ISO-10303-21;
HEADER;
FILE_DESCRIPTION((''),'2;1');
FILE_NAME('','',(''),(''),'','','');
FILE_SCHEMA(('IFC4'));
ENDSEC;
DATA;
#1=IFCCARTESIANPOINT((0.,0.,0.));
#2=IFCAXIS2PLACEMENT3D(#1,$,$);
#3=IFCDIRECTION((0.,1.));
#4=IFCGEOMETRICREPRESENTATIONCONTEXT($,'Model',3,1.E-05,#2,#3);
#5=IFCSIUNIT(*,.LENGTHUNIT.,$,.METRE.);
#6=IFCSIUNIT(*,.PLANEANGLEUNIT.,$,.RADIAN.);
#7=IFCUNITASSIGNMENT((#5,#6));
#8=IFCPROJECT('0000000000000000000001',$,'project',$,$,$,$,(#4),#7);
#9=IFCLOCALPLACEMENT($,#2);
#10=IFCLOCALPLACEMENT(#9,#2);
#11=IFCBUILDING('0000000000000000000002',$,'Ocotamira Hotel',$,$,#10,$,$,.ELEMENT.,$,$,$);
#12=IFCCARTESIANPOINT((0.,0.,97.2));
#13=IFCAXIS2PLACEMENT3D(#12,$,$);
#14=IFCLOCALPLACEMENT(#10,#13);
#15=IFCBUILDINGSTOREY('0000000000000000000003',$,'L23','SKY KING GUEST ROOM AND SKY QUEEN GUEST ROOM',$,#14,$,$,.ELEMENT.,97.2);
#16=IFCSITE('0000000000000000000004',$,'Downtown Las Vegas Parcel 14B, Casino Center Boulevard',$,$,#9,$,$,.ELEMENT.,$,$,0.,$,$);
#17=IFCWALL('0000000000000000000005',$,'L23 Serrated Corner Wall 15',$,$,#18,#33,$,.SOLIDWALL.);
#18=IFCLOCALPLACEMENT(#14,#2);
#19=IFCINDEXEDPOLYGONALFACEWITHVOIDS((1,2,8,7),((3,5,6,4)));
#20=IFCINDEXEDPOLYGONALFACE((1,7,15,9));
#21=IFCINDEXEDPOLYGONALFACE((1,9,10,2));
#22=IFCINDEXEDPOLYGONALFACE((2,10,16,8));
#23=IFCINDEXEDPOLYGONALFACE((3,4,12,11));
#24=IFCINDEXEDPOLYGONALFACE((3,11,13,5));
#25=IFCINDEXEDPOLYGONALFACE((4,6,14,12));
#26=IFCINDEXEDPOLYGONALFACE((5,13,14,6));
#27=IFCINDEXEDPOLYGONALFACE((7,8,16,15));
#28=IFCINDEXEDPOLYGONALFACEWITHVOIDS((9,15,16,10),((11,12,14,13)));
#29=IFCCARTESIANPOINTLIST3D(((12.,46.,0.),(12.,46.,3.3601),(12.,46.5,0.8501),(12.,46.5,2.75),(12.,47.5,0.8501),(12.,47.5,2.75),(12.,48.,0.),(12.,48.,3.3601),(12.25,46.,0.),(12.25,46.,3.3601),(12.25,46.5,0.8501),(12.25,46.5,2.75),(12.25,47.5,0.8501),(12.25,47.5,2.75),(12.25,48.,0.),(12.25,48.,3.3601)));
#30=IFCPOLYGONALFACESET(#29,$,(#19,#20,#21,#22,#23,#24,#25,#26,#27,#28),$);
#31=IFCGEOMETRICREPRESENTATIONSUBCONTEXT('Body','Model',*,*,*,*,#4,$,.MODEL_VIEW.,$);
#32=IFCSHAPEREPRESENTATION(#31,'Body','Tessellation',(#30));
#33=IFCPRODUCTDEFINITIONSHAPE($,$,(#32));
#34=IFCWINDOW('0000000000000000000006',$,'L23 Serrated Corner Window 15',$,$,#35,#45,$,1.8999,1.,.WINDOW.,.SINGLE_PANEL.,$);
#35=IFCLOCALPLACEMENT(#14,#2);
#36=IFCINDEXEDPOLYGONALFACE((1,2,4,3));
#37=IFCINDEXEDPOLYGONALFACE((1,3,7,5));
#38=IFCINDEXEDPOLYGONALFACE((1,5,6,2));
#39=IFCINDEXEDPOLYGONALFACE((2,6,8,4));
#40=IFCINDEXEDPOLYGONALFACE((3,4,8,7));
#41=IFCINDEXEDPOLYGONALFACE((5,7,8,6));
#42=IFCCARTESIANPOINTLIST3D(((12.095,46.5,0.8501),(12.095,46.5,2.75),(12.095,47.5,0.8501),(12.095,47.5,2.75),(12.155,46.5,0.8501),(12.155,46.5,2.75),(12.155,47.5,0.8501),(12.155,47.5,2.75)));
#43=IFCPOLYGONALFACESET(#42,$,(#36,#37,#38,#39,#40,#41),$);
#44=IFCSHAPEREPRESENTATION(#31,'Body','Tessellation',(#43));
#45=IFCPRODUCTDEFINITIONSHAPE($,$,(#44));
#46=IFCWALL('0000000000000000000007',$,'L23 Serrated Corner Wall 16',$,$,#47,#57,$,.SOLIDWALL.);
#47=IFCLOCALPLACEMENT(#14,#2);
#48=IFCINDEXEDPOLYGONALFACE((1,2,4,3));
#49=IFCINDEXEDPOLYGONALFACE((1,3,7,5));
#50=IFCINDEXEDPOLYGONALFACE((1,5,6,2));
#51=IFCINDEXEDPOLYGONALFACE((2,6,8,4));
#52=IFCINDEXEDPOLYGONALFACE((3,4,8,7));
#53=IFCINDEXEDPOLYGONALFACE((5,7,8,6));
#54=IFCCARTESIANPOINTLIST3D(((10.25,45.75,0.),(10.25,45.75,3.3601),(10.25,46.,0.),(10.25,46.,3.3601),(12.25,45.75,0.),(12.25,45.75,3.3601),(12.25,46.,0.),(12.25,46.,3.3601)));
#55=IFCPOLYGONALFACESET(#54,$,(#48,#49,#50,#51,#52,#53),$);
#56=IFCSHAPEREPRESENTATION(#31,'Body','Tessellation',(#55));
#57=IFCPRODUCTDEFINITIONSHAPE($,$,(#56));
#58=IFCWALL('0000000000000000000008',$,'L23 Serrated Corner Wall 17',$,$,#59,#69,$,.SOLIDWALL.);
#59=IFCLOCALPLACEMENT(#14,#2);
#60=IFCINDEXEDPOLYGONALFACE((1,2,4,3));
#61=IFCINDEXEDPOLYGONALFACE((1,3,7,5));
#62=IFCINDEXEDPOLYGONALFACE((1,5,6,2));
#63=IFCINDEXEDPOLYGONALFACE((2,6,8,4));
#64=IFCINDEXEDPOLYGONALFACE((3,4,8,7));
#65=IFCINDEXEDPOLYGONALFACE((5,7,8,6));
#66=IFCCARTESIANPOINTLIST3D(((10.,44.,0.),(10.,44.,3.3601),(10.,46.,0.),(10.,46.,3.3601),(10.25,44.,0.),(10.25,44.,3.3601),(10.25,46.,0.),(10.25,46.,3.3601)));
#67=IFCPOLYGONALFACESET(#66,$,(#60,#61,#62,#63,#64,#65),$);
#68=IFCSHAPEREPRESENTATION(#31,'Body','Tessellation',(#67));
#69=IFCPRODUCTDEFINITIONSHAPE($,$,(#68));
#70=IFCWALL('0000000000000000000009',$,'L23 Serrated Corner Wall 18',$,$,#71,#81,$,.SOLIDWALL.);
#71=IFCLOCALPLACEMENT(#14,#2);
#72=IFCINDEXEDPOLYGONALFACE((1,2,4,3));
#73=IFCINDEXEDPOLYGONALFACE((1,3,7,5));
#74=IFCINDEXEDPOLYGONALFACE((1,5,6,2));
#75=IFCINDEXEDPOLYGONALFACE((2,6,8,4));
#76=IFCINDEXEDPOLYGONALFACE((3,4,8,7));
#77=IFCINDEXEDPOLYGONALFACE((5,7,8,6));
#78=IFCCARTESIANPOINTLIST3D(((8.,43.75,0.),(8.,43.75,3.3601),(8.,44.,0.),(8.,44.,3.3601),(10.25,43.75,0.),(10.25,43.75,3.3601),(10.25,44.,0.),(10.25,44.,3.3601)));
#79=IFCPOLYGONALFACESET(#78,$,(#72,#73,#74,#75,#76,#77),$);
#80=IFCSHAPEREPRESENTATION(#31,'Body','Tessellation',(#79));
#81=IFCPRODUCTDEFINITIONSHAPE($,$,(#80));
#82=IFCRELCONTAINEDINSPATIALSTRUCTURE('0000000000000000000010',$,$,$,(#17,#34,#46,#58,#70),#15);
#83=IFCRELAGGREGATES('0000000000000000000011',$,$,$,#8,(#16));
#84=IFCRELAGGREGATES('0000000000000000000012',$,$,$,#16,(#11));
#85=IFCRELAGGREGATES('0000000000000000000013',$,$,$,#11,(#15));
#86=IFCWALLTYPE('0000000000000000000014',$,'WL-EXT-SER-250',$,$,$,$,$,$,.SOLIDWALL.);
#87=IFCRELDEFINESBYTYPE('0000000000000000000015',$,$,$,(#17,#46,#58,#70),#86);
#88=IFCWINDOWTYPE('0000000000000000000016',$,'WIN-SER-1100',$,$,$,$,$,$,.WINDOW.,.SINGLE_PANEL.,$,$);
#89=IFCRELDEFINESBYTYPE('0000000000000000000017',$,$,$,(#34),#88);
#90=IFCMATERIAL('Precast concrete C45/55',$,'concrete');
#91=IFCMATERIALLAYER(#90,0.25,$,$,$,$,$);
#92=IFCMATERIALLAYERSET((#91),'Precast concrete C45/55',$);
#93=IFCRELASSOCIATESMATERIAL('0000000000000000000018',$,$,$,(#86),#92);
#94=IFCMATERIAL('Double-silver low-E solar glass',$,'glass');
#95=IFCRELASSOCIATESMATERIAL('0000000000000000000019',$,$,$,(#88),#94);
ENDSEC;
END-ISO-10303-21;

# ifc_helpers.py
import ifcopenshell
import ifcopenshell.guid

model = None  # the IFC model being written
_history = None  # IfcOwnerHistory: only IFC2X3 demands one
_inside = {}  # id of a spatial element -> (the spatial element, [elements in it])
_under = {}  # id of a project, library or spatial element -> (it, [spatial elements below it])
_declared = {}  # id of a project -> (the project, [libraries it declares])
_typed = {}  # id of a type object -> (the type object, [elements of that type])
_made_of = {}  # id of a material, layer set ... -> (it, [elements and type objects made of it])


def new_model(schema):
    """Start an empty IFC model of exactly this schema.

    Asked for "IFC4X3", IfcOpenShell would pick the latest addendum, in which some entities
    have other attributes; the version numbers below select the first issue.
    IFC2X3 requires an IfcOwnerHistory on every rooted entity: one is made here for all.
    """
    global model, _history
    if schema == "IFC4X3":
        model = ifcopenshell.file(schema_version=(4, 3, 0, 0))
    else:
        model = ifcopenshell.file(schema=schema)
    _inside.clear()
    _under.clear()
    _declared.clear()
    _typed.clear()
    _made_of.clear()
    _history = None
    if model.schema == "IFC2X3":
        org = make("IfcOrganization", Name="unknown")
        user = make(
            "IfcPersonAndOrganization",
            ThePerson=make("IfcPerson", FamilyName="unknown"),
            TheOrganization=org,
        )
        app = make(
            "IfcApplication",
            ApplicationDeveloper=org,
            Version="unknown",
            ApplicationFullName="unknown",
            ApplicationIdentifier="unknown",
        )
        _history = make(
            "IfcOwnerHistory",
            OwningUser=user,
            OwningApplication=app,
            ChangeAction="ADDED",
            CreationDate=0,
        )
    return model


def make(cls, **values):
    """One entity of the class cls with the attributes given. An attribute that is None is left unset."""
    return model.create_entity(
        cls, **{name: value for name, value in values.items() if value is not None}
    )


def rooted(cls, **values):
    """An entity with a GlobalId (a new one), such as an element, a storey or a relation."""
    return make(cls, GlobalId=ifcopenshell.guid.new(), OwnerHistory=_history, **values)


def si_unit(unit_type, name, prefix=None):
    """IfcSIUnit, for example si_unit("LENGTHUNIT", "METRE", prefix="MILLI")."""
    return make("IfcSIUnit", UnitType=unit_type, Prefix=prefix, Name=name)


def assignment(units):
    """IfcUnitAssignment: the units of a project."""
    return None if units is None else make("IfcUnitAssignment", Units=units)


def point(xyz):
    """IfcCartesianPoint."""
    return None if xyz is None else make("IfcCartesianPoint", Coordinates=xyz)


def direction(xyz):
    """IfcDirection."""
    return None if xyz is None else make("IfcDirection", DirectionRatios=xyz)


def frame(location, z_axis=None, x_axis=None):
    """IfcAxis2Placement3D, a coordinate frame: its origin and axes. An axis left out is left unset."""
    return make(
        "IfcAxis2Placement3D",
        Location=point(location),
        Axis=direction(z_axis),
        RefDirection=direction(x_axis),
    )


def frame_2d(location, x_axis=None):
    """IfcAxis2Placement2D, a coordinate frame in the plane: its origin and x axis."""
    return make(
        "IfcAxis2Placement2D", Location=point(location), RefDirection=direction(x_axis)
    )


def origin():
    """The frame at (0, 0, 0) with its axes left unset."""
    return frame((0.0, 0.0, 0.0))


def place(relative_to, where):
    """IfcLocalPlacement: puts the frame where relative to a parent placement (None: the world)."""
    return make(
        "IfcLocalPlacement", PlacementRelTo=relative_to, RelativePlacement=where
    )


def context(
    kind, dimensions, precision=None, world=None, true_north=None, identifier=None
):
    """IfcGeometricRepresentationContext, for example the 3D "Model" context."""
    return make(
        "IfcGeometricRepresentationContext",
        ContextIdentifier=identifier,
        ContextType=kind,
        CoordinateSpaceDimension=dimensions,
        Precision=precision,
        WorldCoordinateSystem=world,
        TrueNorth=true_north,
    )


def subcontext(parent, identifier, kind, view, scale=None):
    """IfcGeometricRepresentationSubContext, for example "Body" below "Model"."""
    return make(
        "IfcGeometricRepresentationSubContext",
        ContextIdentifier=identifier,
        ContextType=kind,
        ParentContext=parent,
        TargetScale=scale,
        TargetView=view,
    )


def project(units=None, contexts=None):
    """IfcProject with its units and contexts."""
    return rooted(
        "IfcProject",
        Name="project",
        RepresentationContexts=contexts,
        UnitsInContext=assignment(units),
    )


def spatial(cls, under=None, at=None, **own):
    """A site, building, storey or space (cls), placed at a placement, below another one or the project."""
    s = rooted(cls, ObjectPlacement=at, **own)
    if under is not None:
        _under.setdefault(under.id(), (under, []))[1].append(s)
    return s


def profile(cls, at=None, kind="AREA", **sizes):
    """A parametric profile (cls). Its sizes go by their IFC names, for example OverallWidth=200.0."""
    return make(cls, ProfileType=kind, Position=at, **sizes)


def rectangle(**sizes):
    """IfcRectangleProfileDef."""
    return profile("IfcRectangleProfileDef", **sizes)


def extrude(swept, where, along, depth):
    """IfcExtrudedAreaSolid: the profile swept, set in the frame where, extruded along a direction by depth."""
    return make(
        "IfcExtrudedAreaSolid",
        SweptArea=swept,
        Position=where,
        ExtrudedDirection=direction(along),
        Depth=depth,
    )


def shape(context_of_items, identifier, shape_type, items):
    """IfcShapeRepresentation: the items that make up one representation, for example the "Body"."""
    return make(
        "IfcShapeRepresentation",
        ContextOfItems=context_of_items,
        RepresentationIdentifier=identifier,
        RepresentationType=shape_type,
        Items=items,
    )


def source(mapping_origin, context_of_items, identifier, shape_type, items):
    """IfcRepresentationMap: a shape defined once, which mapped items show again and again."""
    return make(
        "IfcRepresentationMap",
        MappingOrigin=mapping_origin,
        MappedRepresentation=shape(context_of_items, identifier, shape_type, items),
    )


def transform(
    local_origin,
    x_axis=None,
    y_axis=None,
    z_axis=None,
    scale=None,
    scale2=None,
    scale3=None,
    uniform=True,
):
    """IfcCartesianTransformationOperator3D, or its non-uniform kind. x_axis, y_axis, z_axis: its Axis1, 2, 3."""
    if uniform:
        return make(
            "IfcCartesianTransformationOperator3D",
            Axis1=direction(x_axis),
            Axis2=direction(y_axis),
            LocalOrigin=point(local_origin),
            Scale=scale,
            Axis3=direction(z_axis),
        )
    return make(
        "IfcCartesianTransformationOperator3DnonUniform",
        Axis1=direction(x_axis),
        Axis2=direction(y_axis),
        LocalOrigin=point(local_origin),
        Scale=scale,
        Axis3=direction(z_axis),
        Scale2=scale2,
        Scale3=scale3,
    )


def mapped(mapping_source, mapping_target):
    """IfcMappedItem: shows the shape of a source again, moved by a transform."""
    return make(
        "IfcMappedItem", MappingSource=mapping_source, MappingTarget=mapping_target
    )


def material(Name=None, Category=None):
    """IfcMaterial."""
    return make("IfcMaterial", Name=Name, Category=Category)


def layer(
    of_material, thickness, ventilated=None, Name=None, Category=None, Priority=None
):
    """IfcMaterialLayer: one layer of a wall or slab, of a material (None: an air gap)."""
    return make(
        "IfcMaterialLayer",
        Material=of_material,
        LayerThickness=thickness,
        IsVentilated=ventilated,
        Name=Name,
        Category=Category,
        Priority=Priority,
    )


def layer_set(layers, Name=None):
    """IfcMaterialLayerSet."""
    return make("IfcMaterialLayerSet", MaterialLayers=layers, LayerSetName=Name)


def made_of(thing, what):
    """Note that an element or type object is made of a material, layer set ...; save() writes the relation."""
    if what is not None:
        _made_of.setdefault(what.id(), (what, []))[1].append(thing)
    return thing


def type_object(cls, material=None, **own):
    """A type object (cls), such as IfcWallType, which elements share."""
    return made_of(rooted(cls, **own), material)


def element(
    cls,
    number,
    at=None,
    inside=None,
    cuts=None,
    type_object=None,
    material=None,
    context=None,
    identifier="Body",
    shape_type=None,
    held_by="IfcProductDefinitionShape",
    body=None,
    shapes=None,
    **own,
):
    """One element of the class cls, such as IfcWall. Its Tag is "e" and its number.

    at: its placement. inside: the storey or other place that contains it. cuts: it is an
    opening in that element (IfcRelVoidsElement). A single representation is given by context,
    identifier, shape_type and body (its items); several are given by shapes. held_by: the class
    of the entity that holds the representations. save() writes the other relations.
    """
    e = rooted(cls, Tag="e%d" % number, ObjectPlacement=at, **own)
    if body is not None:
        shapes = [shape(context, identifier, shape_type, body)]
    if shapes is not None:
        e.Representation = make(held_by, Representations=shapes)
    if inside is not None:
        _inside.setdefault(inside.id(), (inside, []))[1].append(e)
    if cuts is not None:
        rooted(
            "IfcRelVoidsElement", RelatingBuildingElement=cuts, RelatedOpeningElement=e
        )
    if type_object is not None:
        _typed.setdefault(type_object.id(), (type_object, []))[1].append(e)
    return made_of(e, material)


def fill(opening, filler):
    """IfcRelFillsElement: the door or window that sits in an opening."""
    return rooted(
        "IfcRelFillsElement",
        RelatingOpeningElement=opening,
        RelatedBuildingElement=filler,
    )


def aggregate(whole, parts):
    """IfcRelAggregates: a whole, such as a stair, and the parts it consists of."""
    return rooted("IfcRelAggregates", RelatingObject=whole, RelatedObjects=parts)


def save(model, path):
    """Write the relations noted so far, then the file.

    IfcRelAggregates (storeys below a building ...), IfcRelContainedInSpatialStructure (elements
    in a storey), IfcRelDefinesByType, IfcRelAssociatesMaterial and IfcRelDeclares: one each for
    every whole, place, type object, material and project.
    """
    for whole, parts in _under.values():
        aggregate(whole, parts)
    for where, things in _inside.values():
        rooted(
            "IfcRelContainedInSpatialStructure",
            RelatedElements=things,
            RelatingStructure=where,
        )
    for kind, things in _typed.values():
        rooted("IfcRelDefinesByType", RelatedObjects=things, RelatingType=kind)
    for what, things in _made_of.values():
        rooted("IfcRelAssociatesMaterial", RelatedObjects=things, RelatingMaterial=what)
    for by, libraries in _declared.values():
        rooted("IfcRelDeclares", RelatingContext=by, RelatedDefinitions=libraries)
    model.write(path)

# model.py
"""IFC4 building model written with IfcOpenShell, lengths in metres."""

from ifc_helpers import new_model, si_unit, direction, frame, frame_2d, origin, place, context, subcontext, project, spatial, rectangle, extrude, source, transform, mapped, material, layer, layer_set, type_object, element, fill, save


model = new_model("IFC4")

# Units and contexts
model_context = context("Model", 3, precision=1e-05, world=origin(), true_north=direction((0.0, 1.0)))
body_context = subcontext(model_context, "Body", "Model", "MODEL_VIEW")
ifc_project = project(units=[si_unit("LENGTHUNIT", "METRE"), si_unit("PLANEANGLEUNIT", "RADIAN")], contexts=[model_context])

# Site, building, storey
site_placement = place(None, origin())
site = spatial("IfcSite", under=ifc_project, at=site_placement, Name="Downtown Las Vegas Parcel 14B, Casino Center Boulevard", CompositionType="ELEMENT", RefElevation=0.0)
building_placement = place(site_placement, origin())
building = spatial("IfcBuilding", under=site, at=building_placement, Name="Ocotamira Hotel", CompositionType="ELEMENT")
storey_placement = place(building_placement, frame((0.0, 0.0, 97.2)))
storey = spatial("IfcBuildingStorey", under=building, at=storey_placement, Name="L23", Description="SKY KING GUEST ROOM AND SKY QUEEN GUEST ROOM", CompositionType="ELEMENT", Elevation=97.2)

# Shared definitions
ifc_material_1 = material(Name="Precast concrete C45/55", Category="concrete")
ifc_layer_1 = layer(ifc_material_1, 0.25)
ifc_layer_set_1 = layer_set([ifc_layer_1], Name="Precast concrete C45/55")
wall_type = type_object("IfcWallType", Name="WL-EXT-SER-250", PredefinedType="SOLIDWALL", material=ifc_layer_set_1)

# Wall, opening, window
wall_1_placement = place(storey_placement, frame((12.125, 48.0, 0.0), z_axis=(0.0, 0.0, 1.0), x_axis=(0.0, -1.0, 0.0)))
wall_1 = element("IfcWall", 1, at=wall_1_placement, inside=storey, type_object=wall_type, Name="L23 Serrated Corner Wall 15", PredefinedType="SOLIDWALL", context=body_context, shape_type="SweptSolid", body=[
    extrude(rectangle(XDim=2.0, YDim=0.25, at=frame_2d((1.0, 0.0))), origin(), (0.0, 0.0, 1.0), 3.3601),
])
opening_placement = place(wall_1_placement, frame((0.5, 0.0, 0.8501)))
opening = element("IfcOpeningElement", 2, at=opening_placement, cuts=wall_1, PredefinedType="OPENING", context=body_context, shape_type="SweptSolid", body=[
    extrude(rectangle(XDim=1.0, YDim=1.8999, at=frame_2d((0.5, 0.95))), frame((0.0, 0.135, 0.0), z_axis=(0.0, -1.0, 0.0), x_axis=(1.0, 0.0, 0.0)), (0.0, 0.0, 1.0), 0.27),
])
ifc_material_2 = material(Name="Double-silver low-E solar glass", Category="glass")
window_type = type_object("IfcWindowType", Name="WIN-SER-1100", PartitioningType="SINGLE_PANEL", PredefinedType="WINDOW", material=ifc_material_2)
shared_shape_1 = source(origin(), body_context, "Body", "SweptSolid", [
    extrude(rectangle(XDim=1.0, YDim=1.8999, at=frame_2d((0.5, 0.95))), frame((0.0, 0.03, 0.0), z_axis=(0.0, -1.0, 0.0), x_axis=(1.0, 0.0, 0.0)), (0.0, 0.0, 1.0), 0.0601),
])
window_placement = place(opening_placement, origin())
window = element("IfcWindow", 3, at=window_placement, inside=storey, type_object=window_type, Name="L23 Serrated Corner Window 15", OverallHeight=1.8999, OverallWidth=1.0, PartitioningType="SINGLE_PANEL", PredefinedType="WINDOW", context=body_context, shape_type="MappedRepresentation", body=[
    mapped(shared_shape_1, transform((0.0, 0.0, 0.0), scale=1.0)),
])
fill(opening, window)

# Walls
for number, where, z_axis, x_axis, name in (
    (4, (12.25, 45.875, 0.0), (0.0, 0.0, 1.0), (-1.0, 0.0, 0.0), "L23 Serrated Corner Wall 16"),
    (5, (10.125, 46.0, 0.0), (0.0, 0.0, 1.0), (0.0, -1.0, 0.0), "L23 Serrated Corner Wall 17"),
):
    element("IfcWall", number, at=place(storey_placement, frame(where, z_axis=z_axis, x_axis=x_axis)), inside=storey, type_object=wall_type, Name=name, PredefinedType="SOLIDWALL", context=body_context, shape_type="SweptSolid", body=[
        extrude(rectangle(XDim=2.0, YDim=0.25, at=frame_2d((1.0, 0.0))), origin(), (0.0, 0.0, 1.0), 3.3601),
    ])
wall_2_placement = place(storey_placement, frame((10.25, 43.875, 0.0), z_axis=(0.0, 0.0, 1.0), x_axis=(-1.0, 0.0, 0.0)))
element("IfcWall", 6, at=wall_2_placement, inside=storey, type_object=wall_type, Name="L23 Serrated Corner Wall 18", PredefinedType="SOLIDWALL", context=body_context, shape_type="SweptSolid", body=[
    extrude(rectangle(XDim=2.25, YDim=0.25, at=frame_2d((1.125, 0.0))), origin(), (0.0, 0.0, 1.0), 3.3601),
])

save(model, "model.ifc")
